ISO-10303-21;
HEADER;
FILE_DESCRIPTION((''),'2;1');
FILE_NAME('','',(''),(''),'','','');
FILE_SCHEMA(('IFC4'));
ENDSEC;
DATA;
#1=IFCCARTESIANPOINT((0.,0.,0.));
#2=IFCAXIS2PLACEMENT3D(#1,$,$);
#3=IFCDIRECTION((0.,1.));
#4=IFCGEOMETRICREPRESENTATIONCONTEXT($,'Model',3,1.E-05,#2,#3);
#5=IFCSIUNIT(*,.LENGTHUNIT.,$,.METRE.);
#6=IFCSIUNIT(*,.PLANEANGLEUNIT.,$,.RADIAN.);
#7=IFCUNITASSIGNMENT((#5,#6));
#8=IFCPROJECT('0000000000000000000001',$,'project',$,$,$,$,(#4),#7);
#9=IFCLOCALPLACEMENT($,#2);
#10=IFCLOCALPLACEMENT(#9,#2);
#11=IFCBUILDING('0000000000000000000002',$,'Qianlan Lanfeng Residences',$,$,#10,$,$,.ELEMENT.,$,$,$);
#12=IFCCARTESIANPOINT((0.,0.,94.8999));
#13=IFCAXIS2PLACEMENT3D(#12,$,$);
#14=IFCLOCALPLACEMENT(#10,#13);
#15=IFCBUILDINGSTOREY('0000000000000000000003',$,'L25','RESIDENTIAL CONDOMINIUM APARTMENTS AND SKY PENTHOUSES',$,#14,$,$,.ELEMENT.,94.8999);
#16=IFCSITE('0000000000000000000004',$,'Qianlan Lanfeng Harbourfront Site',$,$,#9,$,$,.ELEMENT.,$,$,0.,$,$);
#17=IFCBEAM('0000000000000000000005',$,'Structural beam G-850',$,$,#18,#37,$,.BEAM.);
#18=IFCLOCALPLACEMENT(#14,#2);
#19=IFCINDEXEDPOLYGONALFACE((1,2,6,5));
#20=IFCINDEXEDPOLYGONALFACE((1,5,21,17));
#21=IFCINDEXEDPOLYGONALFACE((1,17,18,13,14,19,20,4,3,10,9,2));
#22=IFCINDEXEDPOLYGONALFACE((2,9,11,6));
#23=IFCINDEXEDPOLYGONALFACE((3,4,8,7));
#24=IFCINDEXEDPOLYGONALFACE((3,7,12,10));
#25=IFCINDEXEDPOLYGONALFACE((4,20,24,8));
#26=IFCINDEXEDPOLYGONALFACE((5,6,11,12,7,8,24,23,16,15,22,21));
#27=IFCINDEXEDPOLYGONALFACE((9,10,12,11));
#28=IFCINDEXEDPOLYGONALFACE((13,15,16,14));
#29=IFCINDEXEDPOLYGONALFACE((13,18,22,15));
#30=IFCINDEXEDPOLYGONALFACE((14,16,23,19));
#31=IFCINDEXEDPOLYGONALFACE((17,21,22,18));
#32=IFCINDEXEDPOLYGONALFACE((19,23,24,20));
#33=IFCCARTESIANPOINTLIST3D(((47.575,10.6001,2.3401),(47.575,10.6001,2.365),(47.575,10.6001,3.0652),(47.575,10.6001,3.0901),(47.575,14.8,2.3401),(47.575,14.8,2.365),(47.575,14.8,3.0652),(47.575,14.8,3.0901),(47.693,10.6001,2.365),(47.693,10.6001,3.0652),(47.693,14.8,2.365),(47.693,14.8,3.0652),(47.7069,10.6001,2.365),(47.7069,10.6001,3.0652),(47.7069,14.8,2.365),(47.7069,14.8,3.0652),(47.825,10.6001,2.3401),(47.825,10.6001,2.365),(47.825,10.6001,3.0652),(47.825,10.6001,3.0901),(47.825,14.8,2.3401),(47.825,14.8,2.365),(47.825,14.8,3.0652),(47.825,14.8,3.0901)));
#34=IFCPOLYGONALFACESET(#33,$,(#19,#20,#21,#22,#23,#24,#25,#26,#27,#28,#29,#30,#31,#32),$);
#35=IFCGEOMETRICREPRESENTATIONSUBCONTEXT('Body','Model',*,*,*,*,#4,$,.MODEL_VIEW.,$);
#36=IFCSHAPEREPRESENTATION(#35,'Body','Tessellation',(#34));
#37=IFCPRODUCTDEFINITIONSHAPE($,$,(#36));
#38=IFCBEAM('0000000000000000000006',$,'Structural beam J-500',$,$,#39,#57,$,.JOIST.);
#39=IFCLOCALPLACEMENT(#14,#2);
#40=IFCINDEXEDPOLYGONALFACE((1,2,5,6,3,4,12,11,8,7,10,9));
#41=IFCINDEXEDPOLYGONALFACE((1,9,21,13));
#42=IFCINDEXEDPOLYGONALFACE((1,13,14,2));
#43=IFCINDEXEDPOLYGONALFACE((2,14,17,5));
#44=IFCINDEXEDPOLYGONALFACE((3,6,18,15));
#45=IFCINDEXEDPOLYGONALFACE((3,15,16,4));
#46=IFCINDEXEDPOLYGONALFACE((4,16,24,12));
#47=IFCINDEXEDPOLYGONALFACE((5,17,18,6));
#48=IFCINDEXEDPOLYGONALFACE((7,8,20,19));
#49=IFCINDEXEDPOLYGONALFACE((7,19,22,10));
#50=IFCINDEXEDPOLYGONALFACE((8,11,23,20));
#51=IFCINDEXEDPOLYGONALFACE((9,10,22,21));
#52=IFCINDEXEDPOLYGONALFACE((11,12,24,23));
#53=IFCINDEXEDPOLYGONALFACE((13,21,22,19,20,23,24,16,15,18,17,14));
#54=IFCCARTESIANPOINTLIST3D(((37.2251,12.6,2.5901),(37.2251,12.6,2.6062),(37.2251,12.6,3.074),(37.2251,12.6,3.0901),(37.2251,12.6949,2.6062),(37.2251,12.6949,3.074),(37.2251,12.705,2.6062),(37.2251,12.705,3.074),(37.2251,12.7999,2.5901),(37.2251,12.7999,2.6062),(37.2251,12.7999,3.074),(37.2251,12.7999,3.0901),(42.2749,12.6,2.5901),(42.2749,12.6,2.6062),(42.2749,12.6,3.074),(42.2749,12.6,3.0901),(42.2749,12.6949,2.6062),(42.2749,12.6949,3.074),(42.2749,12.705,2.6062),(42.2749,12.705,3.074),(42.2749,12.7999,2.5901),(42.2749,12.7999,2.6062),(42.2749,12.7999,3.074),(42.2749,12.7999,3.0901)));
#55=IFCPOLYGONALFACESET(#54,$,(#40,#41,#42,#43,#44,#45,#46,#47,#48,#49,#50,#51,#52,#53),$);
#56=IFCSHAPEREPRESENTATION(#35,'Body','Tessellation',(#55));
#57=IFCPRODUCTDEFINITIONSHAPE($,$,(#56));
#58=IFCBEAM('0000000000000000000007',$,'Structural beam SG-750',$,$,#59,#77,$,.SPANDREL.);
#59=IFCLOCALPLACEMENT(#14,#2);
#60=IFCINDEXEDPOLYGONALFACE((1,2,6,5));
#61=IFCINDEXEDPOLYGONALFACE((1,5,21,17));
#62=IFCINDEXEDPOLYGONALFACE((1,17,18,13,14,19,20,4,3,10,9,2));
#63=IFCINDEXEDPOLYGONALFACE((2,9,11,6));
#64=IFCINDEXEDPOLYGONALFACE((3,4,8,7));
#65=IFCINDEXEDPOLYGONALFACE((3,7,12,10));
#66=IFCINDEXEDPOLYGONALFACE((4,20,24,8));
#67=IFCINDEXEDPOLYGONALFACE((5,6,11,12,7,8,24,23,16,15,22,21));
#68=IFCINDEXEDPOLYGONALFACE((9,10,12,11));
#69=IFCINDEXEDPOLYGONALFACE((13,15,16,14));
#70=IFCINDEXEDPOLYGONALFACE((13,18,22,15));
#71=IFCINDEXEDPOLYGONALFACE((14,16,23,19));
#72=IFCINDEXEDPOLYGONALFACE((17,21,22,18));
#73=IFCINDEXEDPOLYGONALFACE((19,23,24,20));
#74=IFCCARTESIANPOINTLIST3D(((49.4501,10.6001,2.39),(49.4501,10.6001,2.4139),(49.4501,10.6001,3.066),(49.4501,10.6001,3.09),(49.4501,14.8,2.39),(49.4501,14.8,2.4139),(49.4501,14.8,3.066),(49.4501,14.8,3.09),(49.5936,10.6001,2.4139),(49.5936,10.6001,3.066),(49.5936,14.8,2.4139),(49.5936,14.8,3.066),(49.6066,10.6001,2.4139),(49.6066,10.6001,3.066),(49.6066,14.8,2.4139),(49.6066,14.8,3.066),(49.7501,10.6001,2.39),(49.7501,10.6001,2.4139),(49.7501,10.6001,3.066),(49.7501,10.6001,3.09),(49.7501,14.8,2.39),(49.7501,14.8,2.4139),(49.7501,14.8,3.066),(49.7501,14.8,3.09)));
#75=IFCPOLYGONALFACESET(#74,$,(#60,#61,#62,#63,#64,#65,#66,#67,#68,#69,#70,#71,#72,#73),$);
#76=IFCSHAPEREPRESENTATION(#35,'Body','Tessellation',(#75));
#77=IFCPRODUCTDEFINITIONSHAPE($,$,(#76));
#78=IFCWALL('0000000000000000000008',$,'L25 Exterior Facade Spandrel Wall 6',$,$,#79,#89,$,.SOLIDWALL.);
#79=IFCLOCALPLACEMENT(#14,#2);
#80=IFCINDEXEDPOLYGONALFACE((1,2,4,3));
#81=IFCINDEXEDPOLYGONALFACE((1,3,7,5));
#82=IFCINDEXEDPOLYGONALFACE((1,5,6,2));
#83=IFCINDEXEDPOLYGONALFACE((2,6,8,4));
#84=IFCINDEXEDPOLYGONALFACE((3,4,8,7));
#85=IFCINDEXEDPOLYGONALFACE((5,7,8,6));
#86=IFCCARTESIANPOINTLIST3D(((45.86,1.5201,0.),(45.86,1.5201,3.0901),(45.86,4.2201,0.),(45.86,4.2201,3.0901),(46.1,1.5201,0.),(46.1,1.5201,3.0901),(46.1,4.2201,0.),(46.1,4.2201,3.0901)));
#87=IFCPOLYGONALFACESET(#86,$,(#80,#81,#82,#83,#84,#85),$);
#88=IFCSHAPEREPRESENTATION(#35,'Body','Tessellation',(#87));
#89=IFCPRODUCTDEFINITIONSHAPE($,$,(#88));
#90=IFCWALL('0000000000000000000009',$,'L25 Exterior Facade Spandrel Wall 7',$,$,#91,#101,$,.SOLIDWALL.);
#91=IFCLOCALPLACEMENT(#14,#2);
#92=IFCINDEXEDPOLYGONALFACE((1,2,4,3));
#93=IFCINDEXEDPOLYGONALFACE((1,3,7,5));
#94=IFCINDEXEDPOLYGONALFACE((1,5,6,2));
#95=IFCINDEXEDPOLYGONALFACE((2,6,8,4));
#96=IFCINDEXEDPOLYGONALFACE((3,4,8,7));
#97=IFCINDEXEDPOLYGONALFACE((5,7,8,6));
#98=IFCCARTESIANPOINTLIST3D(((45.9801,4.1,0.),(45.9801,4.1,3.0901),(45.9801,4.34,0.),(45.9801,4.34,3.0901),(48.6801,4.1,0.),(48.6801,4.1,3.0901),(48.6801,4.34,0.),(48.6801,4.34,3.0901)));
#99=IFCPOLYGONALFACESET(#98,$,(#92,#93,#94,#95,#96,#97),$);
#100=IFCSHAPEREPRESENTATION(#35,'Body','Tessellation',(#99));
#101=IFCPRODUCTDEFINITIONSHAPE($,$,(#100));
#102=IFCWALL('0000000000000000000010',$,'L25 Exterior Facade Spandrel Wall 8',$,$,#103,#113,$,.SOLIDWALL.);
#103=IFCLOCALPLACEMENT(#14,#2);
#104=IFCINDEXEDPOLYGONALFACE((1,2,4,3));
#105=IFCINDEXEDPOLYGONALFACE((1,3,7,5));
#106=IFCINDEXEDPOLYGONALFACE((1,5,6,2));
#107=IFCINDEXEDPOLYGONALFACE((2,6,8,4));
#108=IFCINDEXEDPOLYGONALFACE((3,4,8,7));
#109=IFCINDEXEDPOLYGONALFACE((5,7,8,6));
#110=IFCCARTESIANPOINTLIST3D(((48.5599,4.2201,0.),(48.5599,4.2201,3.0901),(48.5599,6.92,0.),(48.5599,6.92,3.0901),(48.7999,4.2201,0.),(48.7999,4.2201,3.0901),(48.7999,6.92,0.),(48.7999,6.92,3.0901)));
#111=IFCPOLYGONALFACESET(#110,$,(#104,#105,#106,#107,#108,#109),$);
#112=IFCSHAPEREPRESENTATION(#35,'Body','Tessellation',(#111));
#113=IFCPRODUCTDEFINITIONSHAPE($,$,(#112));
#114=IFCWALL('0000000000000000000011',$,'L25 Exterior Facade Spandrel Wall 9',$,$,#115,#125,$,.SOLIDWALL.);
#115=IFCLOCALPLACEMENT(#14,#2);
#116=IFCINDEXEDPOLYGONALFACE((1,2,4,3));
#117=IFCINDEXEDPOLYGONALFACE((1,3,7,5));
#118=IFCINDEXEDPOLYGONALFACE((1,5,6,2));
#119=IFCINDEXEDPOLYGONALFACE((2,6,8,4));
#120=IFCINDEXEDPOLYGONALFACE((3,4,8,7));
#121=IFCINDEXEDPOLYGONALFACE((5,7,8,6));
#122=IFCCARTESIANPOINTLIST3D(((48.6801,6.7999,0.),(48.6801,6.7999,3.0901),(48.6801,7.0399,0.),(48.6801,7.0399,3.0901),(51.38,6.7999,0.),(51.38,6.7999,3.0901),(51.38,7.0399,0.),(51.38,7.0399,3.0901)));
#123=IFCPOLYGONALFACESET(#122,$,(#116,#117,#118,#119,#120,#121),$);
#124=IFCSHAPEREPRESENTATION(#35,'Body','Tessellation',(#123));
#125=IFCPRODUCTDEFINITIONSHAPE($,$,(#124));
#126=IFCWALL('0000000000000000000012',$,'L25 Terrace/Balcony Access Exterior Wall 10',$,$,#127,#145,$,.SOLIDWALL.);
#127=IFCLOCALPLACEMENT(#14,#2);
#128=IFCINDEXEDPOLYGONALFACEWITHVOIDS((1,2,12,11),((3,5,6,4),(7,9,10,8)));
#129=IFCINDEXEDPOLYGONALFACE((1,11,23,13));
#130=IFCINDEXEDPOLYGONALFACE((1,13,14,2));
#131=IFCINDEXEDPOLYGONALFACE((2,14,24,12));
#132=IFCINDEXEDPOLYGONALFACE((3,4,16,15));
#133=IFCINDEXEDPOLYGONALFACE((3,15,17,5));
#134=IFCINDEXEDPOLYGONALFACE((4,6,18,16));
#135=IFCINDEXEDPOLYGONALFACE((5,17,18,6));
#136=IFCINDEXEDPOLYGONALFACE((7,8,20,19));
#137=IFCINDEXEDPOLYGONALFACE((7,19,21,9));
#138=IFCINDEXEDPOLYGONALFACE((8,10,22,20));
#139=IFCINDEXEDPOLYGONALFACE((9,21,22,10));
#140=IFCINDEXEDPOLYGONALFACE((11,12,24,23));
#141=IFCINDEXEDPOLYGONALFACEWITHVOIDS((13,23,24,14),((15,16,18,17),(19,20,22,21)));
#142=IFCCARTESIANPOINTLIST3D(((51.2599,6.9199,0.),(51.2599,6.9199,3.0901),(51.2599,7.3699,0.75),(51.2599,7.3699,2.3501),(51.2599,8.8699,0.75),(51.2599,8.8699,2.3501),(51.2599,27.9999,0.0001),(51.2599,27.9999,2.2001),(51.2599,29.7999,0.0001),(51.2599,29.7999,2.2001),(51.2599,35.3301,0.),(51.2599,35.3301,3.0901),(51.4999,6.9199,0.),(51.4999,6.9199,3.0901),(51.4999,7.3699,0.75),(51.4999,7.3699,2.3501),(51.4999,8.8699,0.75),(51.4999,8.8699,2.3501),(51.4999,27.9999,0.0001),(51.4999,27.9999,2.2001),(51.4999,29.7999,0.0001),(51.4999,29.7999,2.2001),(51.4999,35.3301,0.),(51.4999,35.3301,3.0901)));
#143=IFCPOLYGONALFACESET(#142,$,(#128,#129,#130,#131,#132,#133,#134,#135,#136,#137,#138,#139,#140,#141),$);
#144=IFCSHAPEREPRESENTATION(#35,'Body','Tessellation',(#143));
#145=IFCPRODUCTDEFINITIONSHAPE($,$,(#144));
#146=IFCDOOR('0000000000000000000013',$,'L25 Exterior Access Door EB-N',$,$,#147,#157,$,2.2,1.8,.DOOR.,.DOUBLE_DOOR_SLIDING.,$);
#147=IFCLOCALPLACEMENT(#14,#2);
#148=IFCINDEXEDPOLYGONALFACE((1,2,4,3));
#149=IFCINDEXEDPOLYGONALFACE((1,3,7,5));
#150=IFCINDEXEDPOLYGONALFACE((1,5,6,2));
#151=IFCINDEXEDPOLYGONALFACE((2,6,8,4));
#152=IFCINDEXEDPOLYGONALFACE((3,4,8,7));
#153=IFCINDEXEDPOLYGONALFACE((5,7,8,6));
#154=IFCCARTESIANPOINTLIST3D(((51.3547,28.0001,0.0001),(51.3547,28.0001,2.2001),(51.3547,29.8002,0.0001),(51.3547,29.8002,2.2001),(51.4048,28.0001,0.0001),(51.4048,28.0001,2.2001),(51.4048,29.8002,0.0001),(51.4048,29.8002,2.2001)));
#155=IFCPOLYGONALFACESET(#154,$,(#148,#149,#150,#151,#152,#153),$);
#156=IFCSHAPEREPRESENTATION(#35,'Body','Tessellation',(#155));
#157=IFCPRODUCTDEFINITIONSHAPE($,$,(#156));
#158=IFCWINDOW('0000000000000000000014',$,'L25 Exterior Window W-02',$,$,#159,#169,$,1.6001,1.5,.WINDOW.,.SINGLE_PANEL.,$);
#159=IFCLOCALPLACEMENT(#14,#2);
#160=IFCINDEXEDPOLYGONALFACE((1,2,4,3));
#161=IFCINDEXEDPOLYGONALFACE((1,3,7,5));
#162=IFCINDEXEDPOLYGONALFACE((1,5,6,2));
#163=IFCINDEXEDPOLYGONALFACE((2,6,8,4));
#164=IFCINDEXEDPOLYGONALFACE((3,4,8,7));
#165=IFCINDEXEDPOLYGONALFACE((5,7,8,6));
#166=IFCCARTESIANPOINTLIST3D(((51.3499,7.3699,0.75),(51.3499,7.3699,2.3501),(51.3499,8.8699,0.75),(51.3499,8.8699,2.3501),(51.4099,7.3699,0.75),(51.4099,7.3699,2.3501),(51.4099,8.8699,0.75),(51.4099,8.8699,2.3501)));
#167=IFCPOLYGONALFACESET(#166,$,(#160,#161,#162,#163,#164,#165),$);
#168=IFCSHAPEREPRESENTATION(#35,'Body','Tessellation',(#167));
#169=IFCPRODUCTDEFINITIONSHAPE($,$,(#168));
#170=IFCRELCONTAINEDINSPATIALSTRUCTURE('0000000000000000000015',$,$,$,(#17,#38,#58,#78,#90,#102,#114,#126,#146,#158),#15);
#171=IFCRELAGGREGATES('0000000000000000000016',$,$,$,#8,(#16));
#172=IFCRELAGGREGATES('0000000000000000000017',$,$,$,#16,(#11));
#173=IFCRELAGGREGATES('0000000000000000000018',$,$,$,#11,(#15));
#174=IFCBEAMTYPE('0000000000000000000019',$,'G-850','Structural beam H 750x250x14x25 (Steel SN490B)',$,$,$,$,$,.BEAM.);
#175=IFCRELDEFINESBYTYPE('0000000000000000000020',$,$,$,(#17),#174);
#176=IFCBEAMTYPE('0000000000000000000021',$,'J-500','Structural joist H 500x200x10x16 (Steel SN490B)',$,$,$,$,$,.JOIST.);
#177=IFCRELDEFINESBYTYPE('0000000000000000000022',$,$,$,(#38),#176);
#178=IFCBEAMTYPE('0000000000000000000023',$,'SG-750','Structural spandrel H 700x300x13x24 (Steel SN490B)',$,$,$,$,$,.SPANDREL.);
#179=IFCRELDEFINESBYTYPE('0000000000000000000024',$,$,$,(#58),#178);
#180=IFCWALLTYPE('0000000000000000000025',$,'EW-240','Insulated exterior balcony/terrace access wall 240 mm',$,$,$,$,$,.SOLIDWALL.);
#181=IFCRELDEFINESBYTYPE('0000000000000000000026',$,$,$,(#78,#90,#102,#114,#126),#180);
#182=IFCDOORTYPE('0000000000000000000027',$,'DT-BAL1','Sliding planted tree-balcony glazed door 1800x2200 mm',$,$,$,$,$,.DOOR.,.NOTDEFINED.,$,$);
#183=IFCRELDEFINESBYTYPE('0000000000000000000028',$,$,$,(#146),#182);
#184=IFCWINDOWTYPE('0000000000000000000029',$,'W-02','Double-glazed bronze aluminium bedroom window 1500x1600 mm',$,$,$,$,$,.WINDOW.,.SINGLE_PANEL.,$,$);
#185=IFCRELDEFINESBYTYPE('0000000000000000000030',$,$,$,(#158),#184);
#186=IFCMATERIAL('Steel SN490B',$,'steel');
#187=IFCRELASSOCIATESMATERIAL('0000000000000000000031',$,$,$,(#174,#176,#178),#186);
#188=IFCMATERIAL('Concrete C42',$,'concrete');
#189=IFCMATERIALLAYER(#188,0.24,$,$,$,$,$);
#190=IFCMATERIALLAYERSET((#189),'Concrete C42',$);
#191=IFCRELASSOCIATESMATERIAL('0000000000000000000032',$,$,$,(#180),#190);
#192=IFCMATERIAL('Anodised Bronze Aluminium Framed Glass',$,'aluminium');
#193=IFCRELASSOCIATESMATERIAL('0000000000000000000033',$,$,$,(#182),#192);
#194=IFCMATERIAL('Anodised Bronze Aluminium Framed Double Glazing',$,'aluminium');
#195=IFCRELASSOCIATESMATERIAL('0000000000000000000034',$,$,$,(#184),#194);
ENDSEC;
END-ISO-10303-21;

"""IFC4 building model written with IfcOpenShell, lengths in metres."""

from ifc_helpers import new_model, si_unit, direction, frame, frame_2d, origin, origin_2d, place, context, subcontext, project, spatial, rectangle, i_section, extrude, material, layer, layer_set, material_profile, profile_set, type_object, element, fill, save


model = new_model("IFC4")

# Units and contexts
model_context = context("Model", 3, precision=1e-05, world=origin(), true_north=direction((0.0, 1.0)))
body_context = subcontext(model_context, "Body", "Model", "MODEL_VIEW")
ifc_project = project(units=[si_unit("LENGTHUNIT", "METRE"), si_unit("PLANEANGLEUNIT", "RADIAN")], contexts=[model_context])

# Site, building, storey
site_placement = place(None, origin())
site = spatial("IfcSite", under=ifc_project, at=site_placement, Name="Qianlan Lanfeng Harbourfront Site", CompositionType="ELEMENT", RefElevation=0.0)
building_placement = place(site_placement, origin())
building = spatial("IfcBuilding", under=site, at=building_placement, Name="Qianlan Lanfeng Residences", CompositionType="ELEMENT")
storey_placement = place(building_placement, frame((0.0, 0.0, 94.8999)))
storey = spatial("IfcBuildingStorey", under=building, at=storey_placement, Name="L25", Description="RESIDENTIAL CONDOMINIUM APARTMENTS AND SKY PENTHOUSES", CompositionType="ELEMENT", Elevation=94.8999)

# Shared definitions
ifc_material_1 = material(Name="Steel SN490B", Category="steel")

# Beams
ifc_material_profile_1 = material_profile(ifc_material_1, i_section(OverallWidth=0.25, OverallDepth=0.75, WebThickness=0.0139, FlangeThickness=0.0249, at=origin_2d()), Name="H 750x250x14x25")
ifc_profile_set_1 = profile_set([ifc_material_profile_1], Name="Steel SN490B")
beam_type_1 = type_object("IfcBeamType", Name="G-850", Description="Structural beam H 750x250x14x25 (Steel SN490B)", PredefinedType="BEAM", material=ifc_profile_set_1)
for number, where, z_axis, x_axis, name in (
    (1, (47.7, 10.6001, 2.7151), (0.0, 1.0, 0.0), (-1.0, 0.0, 0.0), "Structural beam G-850"),
):
    element("IfcBeam", number, at=place(storey_placement, frame(where, z_axis=z_axis, x_axis=x_axis)), inside=storey, type_object=beam_type_1, Name=name, PredefinedType="BEAM", context=body_context, shape_type="SweptSolid", body=[
        extrude(i_section(OverallWidth=0.25, OverallDepth=0.75, WebThickness=0.0139, FlangeThickness=0.0249, at=origin_2d()), origin(), (0.0, 0.0, 1.0), 4.2),
    ])
ifc_material_profile_2 = material_profile(ifc_material_1, i_section(OverallWidth=0.2, OverallDepth=0.5, WebThickness=0.01, FlangeThickness=0.0161, at=origin_2d()), Name="H 500x200x10x16")
ifc_profile_set_2 = profile_set([ifc_material_profile_2], Name="Steel SN490B")
beam_type_2 = type_object("IfcBeamType", Name="J-500", Description="Structural joist H 500x200x10x16 (Steel SN490B)", PredefinedType="JOIST", material=ifc_profile_set_2)
beam_1_placement = place(storey_placement, frame((37.2251, 12.7, 2.8401), z_axis=(1.0, 0.0, 0.0), x_axis=(0.0, 1.0, 0.0)))
element("IfcBeam", 2, at=beam_1_placement, inside=storey, type_object=beam_type_2, Name="Structural beam J-500", PredefinedType="JOIST", context=body_context, shape_type="SweptSolid", body=[
    extrude(i_section(OverallWidth=0.2, OverallDepth=0.5, WebThickness=0.01, FlangeThickness=0.0161, at=origin_2d()), origin(), (0.0, 0.0, 1.0), 5.0498),
])
ifc_material_profile_3 = material_profile(ifc_material_1, i_section(OverallWidth=0.3, OverallDepth=0.7, WebThickness=0.0129, FlangeThickness=0.0239, at=origin_2d()), Name="H 700x300x13x24")
ifc_profile_set_3 = profile_set([ifc_material_profile_3], Name="Steel SN490B")
beam_type_3 = type_object("IfcBeamType", Name="SG-750", Description="Structural spandrel H 700x300x13x24 (Steel SN490B)", PredefinedType="SPANDREL", material=ifc_profile_set_3)
beam_2_placement = place(storey_placement, frame((49.6001, 10.6001, 2.74), z_axis=(0.0, 1.0, 0.0), x_axis=(-1.0, 0.0, 0.0)))
element("IfcBeam", 3, at=beam_2_placement, inside=storey, type_object=beam_type_3, Name="Structural beam SG-750", PredefinedType="SPANDREL", context=body_context, shape_type="SweptSolid", body=[
    extrude(i_section(OverallWidth=0.3, OverallDepth=0.7, WebThickness=0.0129, FlangeThickness=0.0239, at=origin_2d()), origin(), (0.0, 0.0, 1.0), 4.2),
])

# Walls
ifc_material_2 = material(Name="Concrete C42", Category="concrete")
ifc_layer_1 = layer(ifc_material_2, 0.24)
ifc_layer_set_1 = layer_set([ifc_layer_1], Name="Concrete C42")
wall_type_1 = type_object("IfcWallType", Name="EW-240", Description="Insulated exterior balcony/terrace access wall 240 mm", PredefinedType="SOLIDWALL", material=ifc_layer_set_1)
for number, where, z_axis, x_axis, name in (
    (4, (45.98, 1.52, 0.0), (0.0, 0.0, 1.0), (0.0, 1.0, 0.0), "L25 Exterior Facade Spandrel Wall 6"),
    (5, (45.98, 4.22, 0.0), (0.0, 0.0, 1.0), (1.0, 0.0, 0.0), "L25 Exterior Facade Spandrel Wall 7"),
    (6, (48.6799, 4.22, 0.0), (0.0, 0.0, 1.0), (0.0, 1.0, 0.0), "L25 Exterior Facade Spandrel Wall 8"),
    (7, (48.6799, 6.9199, 0.0), (0.0, 0.0, 1.0), (1.0, 0.0, 0.0), "L25 Exterior Facade Spandrel Wall 9"),
):
    element("IfcWall", number, at=place(storey_placement, frame(where, z_axis=z_axis, x_axis=x_axis)), inside=storey, type_object=wall_type_1, Name=name, PredefinedType="SOLIDWALL", context=body_context, shape_type="SweptSolid", body=[
        extrude(rectangle(XDim=2.7, YDim=0.24, at=frame_2d((1.3501, 0.0))), origin(), (0.0, 0.0, 1.0), 3.0901),
    ])

# Wall, openings, door, window
wall_1_placement = place(storey_placement, frame((51.3799, 6.9199, 0.0), z_axis=(0.0, 0.0, 1.0), x_axis=(0.0, 1.0, 0.0)))
wall_1 = element("IfcWall", 8, at=wall_1_placement, inside=storey, type_object=wall_type_1, Name="L25 Terrace/Balcony Access Exterior Wall 10", PredefinedType="SOLIDWALL", context=body_context, shape_type="SweptSolid", body=[
    extrude(rectangle(XDim=28.4102, YDim=0.24, at=frame_2d((14.2051, 0.0))), origin(), (0.0, 0.0, 1.0), 3.0901),
])
opening_1_placement = place(wall_1_placement, frame((21.0801, 0.0, 0.0)))
opening_1 = element("IfcOpeningElement", 9, at=opening_1_placement, cuts=wall_1, PredefinedType="OPENING", context=body_context, shape_type="SweptSolid", body=[
    extrude(rectangle(XDim=1.8, YDim=2.2, at=frame_2d((0.8999, 1.1001))), frame((0.0, 0.1299, 0.0), z_axis=(0.0, -1.0, 0.0), x_axis=(1.0, 0.0, 0.0)), (0.0, 0.0, 1.0), 0.26),
])
opening_2_placement = place(wall_1_placement, frame((0.45, 0.0, 0.75)))
opening_2 = element("IfcOpeningElement", 10, at=opening_2_placement, cuts=wall_1, PredefinedType="OPENING", context=body_context, shape_type="SweptSolid", body=[
    extrude(rectangle(XDim=1.5, YDim=1.6001, at=frame_2d((0.75, 0.8))), frame((0.0, 0.1299, 0.0), z_axis=(0.0, -1.0, 0.0), x_axis=(1.0, 0.0, 0.0)), (0.0, 0.0, 1.0), 0.26),
])
ifc_material_3 = material(Name="Anodised Bronze Aluminium Framed Glass", Category="aluminium")
door_type_1 = type_object("IfcDoorType", Name="DT-BAL1", Description="Sliding planted tree-balcony glazed door 1800x2200 mm", OperationType="NOTDEFINED", PredefinedType="DOOR", material=ifc_material_3)
door_1_placement = place(opening_1_placement, frame((1.8, 0.0, 0.0), z_axis=(0.0, 0.0, 1.0), x_axis=(-1.0, 0.0, 0.0)))
door_1 = element("IfcDoor", 11, at=door_1_placement, inside=storey, type_object=door_type_1, Name="L25 Exterior Access Door EB-N", OperationType="DOUBLE_DOOR_SLIDING", OverallHeight=2.2, OverallWidth=1.8, PredefinedType="DOOR", context=body_context, shape_type="SweptSolid", body=[
    extrude(rectangle(XDim=1.8, YDim=2.2, at=frame_2d((0.8999, 1.1001))), frame((0.0, 0.0249, 0.0), z_axis=(0.0, -1.0, 0.0), x_axis=(1.0, 0.0, 0.0)), (0.0, 0.0, 1.0), 0.05),
])
fill(opening_1, door_1)
ifc_material_4 = material(Name="Anodised Bronze Aluminium Framed Double Glazing", Category="aluminium")
window_type = type_object("IfcWindowType", Name="W-02", Description="Double-glazed bronze aluminium bedroom window 1500x1600 mm", PartitioningType="SINGLE_PANEL", PredefinedType="WINDOW", material=ifc_material_4)
window_placement = place(opening_2_placement, origin())
window = element("IfcWindow", 12, at=window_placement, inside=storey, type_object=window_type, Name="L25 Exterior Window W-02", OverallHeight=1.6001, OverallWidth=1.5, PartitioningType="SINGLE_PANEL", PredefinedType="WINDOW", context=body_context, shape_type="SweptSolid", body=[
    extrude(rectangle(XDim=1.5, YDim=1.6001, at=frame_2d((0.75, 0.8))), frame((0.0, 0.03, 0.0), z_axis=(0.0, -1.0, 0.0), x_axis=(1.0, 0.0, 0.0)), (0.0, 0.0, 1.0), 0.0601),
])
fill(opening_2, window)

save(model, "model.ifc")
